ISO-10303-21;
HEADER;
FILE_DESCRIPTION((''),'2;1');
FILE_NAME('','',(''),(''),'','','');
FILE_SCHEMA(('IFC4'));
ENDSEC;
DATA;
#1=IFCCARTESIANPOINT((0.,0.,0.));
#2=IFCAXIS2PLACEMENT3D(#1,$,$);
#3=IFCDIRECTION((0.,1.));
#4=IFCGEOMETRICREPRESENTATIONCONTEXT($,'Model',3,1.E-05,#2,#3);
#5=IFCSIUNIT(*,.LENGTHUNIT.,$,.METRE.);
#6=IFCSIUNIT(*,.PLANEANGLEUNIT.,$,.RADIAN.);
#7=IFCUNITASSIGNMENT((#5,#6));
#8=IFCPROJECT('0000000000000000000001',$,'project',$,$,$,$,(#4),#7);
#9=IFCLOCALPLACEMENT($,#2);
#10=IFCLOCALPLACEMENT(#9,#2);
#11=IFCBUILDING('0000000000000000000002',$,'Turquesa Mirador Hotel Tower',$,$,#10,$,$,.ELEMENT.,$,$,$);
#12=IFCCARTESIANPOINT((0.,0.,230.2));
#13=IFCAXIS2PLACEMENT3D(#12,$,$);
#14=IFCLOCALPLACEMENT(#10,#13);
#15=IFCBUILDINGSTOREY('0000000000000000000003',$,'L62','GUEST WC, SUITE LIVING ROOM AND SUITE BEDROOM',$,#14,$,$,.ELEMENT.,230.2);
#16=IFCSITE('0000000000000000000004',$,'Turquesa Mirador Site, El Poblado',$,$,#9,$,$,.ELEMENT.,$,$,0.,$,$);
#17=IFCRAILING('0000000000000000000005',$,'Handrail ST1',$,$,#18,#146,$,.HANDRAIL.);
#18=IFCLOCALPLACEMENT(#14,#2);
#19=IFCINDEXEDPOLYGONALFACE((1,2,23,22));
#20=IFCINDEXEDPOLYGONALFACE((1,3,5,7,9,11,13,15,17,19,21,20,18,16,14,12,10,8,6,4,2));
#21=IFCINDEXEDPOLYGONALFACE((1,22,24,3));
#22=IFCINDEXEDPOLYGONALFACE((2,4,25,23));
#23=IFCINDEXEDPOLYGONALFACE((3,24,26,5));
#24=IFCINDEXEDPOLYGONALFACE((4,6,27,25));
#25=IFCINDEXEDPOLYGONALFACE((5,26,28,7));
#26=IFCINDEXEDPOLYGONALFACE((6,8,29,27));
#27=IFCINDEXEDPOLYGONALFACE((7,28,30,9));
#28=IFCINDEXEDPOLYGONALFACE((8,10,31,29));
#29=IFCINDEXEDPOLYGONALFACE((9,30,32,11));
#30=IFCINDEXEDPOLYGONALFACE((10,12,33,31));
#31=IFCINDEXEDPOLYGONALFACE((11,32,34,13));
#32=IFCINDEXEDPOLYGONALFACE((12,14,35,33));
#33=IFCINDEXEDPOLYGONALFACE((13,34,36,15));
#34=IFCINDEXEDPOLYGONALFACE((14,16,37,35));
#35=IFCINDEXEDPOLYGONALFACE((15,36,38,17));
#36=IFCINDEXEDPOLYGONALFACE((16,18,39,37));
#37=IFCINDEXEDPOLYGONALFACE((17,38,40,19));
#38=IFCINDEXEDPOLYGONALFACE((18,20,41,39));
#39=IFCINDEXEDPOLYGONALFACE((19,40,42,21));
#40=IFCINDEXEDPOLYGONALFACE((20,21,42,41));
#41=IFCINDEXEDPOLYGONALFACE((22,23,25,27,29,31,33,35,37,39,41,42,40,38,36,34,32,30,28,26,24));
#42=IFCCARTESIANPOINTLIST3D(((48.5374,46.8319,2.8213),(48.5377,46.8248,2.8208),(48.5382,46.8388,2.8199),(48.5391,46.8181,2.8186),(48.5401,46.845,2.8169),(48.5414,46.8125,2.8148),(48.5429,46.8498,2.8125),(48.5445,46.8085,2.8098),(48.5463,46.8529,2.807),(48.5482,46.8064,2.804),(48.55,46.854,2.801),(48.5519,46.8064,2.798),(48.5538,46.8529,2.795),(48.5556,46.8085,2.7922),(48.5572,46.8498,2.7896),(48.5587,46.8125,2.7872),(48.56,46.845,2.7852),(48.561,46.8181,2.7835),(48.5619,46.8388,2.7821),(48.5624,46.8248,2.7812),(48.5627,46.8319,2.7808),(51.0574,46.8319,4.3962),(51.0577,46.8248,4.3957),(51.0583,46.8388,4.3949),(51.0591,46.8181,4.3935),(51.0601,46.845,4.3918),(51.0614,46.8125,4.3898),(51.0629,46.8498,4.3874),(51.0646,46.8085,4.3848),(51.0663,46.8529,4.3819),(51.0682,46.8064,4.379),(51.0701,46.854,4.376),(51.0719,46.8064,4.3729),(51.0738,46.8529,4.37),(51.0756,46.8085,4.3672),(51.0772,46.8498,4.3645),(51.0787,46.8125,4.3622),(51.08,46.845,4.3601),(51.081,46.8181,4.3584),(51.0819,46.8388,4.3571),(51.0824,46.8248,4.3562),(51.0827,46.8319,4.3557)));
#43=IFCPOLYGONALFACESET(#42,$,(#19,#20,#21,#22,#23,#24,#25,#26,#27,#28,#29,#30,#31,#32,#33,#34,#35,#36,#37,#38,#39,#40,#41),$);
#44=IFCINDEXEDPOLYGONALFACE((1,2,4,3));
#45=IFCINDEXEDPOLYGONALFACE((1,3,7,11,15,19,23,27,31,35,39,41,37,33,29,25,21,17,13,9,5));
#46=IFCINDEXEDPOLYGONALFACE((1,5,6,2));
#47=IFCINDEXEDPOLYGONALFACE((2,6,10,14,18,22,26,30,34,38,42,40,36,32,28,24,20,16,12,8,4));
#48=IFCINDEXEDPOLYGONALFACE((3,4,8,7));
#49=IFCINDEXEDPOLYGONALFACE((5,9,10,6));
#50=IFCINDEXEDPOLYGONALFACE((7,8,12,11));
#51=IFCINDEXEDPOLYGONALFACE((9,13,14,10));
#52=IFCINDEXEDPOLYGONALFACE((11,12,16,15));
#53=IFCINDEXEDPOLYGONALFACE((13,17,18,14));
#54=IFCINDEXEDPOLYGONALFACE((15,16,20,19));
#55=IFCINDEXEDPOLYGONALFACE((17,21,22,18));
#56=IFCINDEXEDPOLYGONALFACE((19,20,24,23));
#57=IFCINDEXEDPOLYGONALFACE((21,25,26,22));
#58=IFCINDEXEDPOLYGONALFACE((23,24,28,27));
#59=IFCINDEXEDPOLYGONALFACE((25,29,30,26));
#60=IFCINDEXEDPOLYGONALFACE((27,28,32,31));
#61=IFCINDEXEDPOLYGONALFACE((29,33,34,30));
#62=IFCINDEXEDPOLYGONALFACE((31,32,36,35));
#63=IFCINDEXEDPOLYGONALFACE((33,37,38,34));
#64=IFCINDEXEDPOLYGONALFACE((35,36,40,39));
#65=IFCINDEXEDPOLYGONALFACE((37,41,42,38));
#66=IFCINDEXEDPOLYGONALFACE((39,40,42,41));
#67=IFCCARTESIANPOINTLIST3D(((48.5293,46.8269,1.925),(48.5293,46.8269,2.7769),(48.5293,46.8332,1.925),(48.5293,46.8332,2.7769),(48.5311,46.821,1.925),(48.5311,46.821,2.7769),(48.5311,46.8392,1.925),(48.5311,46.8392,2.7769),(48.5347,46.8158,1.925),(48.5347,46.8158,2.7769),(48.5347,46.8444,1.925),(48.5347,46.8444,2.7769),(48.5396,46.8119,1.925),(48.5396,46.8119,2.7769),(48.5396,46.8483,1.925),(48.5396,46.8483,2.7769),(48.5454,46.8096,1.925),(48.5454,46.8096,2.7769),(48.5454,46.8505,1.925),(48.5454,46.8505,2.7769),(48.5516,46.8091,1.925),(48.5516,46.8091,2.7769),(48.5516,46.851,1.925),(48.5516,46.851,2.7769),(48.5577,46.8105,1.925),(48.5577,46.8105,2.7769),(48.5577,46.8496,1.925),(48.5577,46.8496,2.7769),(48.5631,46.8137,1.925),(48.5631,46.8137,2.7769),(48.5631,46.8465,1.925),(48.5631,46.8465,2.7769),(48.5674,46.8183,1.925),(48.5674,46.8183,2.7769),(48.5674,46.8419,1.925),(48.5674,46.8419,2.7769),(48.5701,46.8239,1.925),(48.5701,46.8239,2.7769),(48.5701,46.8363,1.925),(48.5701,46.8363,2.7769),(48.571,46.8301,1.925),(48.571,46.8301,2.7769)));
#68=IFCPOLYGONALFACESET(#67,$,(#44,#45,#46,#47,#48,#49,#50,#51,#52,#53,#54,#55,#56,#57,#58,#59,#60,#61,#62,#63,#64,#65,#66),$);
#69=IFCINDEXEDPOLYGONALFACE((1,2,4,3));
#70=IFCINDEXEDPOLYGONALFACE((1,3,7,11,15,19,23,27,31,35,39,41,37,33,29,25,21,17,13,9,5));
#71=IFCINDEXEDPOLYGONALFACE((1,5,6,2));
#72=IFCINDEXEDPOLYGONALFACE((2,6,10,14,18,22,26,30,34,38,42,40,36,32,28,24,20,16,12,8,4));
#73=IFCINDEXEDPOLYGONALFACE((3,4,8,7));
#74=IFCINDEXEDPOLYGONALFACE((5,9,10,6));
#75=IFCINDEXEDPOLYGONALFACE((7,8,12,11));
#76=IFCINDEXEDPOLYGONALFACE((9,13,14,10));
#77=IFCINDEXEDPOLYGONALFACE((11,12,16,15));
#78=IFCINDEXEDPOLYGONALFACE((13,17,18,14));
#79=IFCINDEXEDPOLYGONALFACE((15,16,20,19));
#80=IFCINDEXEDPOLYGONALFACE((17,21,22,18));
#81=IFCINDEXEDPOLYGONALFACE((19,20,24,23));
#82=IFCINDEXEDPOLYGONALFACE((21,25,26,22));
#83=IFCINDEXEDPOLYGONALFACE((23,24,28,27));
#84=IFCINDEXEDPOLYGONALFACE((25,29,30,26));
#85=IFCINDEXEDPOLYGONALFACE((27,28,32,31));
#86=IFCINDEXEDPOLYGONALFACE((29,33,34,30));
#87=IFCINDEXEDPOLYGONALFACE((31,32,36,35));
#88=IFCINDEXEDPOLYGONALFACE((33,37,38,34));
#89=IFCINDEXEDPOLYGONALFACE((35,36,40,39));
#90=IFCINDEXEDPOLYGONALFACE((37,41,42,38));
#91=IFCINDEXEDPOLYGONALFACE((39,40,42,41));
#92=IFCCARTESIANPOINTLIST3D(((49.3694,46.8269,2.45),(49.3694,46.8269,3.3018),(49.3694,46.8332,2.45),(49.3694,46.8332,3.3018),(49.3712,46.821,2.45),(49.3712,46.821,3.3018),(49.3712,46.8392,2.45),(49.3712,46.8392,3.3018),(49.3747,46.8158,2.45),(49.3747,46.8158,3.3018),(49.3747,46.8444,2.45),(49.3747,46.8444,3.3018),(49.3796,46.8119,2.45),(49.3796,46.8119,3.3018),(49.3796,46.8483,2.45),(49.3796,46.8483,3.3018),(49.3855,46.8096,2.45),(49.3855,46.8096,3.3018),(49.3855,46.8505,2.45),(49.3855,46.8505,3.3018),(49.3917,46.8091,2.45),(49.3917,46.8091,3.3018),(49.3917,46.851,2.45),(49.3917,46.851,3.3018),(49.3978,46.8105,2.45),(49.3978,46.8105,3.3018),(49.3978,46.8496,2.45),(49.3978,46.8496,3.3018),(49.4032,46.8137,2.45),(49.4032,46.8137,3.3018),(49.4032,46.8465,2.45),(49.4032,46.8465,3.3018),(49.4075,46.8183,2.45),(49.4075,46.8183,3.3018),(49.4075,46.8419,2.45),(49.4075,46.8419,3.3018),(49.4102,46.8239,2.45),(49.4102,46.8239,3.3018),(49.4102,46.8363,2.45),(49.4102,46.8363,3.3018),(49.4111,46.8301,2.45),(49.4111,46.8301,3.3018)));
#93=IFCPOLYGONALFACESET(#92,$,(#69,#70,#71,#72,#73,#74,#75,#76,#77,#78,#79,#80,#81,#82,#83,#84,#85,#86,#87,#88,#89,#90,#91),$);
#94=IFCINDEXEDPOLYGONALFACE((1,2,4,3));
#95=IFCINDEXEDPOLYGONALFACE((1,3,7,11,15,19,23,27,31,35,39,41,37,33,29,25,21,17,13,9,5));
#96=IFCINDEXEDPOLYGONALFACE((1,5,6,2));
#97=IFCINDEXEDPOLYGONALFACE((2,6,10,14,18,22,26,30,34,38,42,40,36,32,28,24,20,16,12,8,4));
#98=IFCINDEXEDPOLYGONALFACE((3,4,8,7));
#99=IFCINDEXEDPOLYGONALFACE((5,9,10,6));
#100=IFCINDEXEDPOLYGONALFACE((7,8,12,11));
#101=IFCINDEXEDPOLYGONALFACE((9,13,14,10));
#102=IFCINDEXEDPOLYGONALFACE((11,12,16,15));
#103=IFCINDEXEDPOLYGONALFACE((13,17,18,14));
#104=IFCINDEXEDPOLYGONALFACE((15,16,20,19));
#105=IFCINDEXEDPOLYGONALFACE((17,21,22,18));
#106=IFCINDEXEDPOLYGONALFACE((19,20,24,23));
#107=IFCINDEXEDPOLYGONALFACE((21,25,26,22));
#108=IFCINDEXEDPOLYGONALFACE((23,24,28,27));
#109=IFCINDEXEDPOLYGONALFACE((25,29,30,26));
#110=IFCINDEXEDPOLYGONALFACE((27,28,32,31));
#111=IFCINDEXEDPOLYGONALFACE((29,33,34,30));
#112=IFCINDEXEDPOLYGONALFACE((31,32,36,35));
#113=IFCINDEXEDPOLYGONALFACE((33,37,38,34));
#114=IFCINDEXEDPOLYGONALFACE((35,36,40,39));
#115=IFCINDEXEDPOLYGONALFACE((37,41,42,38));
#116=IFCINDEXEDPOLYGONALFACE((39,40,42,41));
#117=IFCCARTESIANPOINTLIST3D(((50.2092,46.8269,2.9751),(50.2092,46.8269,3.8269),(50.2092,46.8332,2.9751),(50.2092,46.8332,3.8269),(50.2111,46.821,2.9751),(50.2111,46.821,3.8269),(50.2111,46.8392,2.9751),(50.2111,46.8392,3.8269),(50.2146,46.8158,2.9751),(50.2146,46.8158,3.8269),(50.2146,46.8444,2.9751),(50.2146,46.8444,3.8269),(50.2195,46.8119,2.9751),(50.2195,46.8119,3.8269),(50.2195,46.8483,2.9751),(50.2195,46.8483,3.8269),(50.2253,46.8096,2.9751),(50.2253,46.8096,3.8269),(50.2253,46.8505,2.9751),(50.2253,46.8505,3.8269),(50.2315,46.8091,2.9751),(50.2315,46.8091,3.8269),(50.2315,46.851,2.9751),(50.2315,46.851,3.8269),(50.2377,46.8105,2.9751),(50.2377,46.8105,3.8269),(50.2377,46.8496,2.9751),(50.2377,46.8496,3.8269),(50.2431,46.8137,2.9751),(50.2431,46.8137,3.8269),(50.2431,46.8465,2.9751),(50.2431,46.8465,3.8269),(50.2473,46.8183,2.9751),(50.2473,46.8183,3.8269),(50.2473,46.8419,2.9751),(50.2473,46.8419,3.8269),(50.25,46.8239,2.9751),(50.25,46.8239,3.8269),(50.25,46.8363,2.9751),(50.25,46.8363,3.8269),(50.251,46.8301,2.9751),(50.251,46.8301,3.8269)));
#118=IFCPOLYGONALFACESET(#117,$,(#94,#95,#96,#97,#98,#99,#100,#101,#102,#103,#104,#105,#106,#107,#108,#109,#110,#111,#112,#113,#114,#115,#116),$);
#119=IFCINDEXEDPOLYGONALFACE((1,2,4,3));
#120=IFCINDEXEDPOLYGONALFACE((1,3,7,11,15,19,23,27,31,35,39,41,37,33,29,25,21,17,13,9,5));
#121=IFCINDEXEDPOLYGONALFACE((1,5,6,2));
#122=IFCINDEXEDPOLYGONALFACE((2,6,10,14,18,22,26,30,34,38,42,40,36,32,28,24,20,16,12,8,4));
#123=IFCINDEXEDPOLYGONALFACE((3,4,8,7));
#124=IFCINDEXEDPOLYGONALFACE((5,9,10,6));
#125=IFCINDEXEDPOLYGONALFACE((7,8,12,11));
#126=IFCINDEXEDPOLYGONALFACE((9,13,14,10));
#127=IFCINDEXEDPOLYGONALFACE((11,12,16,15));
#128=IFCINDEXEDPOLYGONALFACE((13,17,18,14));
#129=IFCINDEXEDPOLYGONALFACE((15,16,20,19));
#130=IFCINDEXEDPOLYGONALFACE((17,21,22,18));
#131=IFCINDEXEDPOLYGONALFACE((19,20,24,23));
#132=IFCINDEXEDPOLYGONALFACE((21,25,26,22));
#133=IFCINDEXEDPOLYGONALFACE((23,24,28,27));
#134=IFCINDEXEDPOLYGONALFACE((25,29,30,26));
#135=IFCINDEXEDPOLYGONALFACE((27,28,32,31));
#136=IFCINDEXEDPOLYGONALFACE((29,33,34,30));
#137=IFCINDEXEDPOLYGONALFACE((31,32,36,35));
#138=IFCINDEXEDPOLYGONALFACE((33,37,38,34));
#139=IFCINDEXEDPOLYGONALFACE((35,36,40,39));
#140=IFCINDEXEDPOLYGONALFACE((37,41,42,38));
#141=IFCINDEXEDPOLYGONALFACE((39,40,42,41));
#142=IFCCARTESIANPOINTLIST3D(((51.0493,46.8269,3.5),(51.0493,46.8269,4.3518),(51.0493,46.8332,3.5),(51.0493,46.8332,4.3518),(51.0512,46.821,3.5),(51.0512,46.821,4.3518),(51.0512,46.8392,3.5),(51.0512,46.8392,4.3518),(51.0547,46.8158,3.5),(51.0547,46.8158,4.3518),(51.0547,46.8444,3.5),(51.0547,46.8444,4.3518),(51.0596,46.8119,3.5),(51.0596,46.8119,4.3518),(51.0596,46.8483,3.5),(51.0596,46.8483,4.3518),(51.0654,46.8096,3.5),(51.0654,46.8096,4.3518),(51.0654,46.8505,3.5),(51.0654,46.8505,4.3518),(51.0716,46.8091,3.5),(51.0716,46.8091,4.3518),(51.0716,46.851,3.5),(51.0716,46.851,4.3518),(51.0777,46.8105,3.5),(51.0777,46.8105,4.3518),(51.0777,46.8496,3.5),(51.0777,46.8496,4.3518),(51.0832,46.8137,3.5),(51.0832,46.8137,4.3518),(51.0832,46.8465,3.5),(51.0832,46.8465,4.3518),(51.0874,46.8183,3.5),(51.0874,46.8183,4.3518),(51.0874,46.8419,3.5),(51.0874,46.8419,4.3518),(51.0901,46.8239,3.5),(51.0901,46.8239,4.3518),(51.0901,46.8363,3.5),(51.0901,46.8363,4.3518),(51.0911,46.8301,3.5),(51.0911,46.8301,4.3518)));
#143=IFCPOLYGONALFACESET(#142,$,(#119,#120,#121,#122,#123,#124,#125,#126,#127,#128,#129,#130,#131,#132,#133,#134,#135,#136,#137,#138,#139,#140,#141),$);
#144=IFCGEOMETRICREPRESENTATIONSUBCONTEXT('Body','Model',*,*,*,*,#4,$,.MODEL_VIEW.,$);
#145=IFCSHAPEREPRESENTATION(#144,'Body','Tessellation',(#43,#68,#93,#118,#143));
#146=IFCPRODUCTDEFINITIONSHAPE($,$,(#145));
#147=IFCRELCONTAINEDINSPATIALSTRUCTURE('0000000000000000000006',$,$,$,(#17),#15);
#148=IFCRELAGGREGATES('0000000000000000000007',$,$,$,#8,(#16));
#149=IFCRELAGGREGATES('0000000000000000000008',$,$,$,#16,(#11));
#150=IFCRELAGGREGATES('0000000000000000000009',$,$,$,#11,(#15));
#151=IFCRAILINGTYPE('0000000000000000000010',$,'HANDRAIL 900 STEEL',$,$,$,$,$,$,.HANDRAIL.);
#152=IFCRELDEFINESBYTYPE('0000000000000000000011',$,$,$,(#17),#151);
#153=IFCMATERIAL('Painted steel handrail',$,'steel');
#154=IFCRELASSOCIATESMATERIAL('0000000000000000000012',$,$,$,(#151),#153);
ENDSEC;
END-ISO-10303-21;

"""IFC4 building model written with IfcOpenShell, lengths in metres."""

from ifc_helpers import new_model, si_unit, direction, frame, origin, origin_2d, place, context, subcontext, project, spatial, circle, extrude, material, type_object, element, save


model = new_model("IFC4")

# Units and contexts
model_context = context("Model", 3, precision=1e-05, world=origin(), true_north=direction((0.0, 1.0)))
body_context = subcontext(model_context, "Body", "Model", "MODEL_VIEW")
ifc_project = project(units=[si_unit("LENGTHUNIT", "METRE"), si_unit("PLANEANGLEUNIT", "RADIAN")], contexts=[model_context])

# Site, building, storey
site_placement = place(None, origin())
site = spatial("IfcSite", under=ifc_project, at=site_placement, Name="Turquesa Mirador Site, El Poblado", CompositionType="ELEMENT", RefElevation=0.0)
building_placement = place(site_placement, origin())
building = spatial("IfcBuilding", under=site, at=building_placement, Name="Turquesa Mirador Hotel Tower", CompositionType="ELEMENT")
storey_placement = place(building_placement, frame((0.0, 0.0, 230.2)))
storey = spatial("IfcBuildingStorey", under=building, at=storey_placement, Name="L62", Description="GUEST WC, SUITE LIVING ROOM AND SUITE BEDROOM", CompositionType="ELEMENT", Elevation=230.2)

# Railing
ifc_material_1 = material(Name="Painted steel handrail", Category="steel")
railing_type = type_object("IfcRailingType", Name="HANDRAIL 900 STEEL", PredefinedType="HANDRAIL", material=ifc_material_1)
railing_1_placement = place(storey_placement, frame((48.55, 46.8301, 1.925)))
element("IfcRailing", 1, at=railing_1_placement, inside=storey, type_object=railing_type, Name="Handrail ST1", PredefinedType="HANDRAIL", context=body_context, shape_type="SweptSolid", body=[
    extrude(circle(Radius=0.0239, at=origin_2d()), frame((0.0, 0.0, 0.876), z_axis=(0.848008, 0.0, 0.529984), x_axis=(0.0, 1.0, 0.0)), (0.0, 0.0, 1.0), 2.9717),
    extrude(circle(Radius=0.021, at=origin_2d()), origin(), (0.0, 0.0, 1.0), 0.8518),
    extrude(circle(Radius=0.021, at=origin_2d()), frame((0.8401, 0.0, 0.5249)), (0.0, 0.0, 1.0), 0.8518),
    extrude(circle(Radius=0.021, at=origin_2d()), frame((1.6799, 0.0, 1.05)), (0.0, 0.0, 1.0), 0.8518),
    extrude(circle(Radius=0.021, at=origin_2d()), frame((2.52, 0.0, 1.575)), (0.0, 0.0, 1.0), 0.8518),
])

save(model, "model.ifc")
